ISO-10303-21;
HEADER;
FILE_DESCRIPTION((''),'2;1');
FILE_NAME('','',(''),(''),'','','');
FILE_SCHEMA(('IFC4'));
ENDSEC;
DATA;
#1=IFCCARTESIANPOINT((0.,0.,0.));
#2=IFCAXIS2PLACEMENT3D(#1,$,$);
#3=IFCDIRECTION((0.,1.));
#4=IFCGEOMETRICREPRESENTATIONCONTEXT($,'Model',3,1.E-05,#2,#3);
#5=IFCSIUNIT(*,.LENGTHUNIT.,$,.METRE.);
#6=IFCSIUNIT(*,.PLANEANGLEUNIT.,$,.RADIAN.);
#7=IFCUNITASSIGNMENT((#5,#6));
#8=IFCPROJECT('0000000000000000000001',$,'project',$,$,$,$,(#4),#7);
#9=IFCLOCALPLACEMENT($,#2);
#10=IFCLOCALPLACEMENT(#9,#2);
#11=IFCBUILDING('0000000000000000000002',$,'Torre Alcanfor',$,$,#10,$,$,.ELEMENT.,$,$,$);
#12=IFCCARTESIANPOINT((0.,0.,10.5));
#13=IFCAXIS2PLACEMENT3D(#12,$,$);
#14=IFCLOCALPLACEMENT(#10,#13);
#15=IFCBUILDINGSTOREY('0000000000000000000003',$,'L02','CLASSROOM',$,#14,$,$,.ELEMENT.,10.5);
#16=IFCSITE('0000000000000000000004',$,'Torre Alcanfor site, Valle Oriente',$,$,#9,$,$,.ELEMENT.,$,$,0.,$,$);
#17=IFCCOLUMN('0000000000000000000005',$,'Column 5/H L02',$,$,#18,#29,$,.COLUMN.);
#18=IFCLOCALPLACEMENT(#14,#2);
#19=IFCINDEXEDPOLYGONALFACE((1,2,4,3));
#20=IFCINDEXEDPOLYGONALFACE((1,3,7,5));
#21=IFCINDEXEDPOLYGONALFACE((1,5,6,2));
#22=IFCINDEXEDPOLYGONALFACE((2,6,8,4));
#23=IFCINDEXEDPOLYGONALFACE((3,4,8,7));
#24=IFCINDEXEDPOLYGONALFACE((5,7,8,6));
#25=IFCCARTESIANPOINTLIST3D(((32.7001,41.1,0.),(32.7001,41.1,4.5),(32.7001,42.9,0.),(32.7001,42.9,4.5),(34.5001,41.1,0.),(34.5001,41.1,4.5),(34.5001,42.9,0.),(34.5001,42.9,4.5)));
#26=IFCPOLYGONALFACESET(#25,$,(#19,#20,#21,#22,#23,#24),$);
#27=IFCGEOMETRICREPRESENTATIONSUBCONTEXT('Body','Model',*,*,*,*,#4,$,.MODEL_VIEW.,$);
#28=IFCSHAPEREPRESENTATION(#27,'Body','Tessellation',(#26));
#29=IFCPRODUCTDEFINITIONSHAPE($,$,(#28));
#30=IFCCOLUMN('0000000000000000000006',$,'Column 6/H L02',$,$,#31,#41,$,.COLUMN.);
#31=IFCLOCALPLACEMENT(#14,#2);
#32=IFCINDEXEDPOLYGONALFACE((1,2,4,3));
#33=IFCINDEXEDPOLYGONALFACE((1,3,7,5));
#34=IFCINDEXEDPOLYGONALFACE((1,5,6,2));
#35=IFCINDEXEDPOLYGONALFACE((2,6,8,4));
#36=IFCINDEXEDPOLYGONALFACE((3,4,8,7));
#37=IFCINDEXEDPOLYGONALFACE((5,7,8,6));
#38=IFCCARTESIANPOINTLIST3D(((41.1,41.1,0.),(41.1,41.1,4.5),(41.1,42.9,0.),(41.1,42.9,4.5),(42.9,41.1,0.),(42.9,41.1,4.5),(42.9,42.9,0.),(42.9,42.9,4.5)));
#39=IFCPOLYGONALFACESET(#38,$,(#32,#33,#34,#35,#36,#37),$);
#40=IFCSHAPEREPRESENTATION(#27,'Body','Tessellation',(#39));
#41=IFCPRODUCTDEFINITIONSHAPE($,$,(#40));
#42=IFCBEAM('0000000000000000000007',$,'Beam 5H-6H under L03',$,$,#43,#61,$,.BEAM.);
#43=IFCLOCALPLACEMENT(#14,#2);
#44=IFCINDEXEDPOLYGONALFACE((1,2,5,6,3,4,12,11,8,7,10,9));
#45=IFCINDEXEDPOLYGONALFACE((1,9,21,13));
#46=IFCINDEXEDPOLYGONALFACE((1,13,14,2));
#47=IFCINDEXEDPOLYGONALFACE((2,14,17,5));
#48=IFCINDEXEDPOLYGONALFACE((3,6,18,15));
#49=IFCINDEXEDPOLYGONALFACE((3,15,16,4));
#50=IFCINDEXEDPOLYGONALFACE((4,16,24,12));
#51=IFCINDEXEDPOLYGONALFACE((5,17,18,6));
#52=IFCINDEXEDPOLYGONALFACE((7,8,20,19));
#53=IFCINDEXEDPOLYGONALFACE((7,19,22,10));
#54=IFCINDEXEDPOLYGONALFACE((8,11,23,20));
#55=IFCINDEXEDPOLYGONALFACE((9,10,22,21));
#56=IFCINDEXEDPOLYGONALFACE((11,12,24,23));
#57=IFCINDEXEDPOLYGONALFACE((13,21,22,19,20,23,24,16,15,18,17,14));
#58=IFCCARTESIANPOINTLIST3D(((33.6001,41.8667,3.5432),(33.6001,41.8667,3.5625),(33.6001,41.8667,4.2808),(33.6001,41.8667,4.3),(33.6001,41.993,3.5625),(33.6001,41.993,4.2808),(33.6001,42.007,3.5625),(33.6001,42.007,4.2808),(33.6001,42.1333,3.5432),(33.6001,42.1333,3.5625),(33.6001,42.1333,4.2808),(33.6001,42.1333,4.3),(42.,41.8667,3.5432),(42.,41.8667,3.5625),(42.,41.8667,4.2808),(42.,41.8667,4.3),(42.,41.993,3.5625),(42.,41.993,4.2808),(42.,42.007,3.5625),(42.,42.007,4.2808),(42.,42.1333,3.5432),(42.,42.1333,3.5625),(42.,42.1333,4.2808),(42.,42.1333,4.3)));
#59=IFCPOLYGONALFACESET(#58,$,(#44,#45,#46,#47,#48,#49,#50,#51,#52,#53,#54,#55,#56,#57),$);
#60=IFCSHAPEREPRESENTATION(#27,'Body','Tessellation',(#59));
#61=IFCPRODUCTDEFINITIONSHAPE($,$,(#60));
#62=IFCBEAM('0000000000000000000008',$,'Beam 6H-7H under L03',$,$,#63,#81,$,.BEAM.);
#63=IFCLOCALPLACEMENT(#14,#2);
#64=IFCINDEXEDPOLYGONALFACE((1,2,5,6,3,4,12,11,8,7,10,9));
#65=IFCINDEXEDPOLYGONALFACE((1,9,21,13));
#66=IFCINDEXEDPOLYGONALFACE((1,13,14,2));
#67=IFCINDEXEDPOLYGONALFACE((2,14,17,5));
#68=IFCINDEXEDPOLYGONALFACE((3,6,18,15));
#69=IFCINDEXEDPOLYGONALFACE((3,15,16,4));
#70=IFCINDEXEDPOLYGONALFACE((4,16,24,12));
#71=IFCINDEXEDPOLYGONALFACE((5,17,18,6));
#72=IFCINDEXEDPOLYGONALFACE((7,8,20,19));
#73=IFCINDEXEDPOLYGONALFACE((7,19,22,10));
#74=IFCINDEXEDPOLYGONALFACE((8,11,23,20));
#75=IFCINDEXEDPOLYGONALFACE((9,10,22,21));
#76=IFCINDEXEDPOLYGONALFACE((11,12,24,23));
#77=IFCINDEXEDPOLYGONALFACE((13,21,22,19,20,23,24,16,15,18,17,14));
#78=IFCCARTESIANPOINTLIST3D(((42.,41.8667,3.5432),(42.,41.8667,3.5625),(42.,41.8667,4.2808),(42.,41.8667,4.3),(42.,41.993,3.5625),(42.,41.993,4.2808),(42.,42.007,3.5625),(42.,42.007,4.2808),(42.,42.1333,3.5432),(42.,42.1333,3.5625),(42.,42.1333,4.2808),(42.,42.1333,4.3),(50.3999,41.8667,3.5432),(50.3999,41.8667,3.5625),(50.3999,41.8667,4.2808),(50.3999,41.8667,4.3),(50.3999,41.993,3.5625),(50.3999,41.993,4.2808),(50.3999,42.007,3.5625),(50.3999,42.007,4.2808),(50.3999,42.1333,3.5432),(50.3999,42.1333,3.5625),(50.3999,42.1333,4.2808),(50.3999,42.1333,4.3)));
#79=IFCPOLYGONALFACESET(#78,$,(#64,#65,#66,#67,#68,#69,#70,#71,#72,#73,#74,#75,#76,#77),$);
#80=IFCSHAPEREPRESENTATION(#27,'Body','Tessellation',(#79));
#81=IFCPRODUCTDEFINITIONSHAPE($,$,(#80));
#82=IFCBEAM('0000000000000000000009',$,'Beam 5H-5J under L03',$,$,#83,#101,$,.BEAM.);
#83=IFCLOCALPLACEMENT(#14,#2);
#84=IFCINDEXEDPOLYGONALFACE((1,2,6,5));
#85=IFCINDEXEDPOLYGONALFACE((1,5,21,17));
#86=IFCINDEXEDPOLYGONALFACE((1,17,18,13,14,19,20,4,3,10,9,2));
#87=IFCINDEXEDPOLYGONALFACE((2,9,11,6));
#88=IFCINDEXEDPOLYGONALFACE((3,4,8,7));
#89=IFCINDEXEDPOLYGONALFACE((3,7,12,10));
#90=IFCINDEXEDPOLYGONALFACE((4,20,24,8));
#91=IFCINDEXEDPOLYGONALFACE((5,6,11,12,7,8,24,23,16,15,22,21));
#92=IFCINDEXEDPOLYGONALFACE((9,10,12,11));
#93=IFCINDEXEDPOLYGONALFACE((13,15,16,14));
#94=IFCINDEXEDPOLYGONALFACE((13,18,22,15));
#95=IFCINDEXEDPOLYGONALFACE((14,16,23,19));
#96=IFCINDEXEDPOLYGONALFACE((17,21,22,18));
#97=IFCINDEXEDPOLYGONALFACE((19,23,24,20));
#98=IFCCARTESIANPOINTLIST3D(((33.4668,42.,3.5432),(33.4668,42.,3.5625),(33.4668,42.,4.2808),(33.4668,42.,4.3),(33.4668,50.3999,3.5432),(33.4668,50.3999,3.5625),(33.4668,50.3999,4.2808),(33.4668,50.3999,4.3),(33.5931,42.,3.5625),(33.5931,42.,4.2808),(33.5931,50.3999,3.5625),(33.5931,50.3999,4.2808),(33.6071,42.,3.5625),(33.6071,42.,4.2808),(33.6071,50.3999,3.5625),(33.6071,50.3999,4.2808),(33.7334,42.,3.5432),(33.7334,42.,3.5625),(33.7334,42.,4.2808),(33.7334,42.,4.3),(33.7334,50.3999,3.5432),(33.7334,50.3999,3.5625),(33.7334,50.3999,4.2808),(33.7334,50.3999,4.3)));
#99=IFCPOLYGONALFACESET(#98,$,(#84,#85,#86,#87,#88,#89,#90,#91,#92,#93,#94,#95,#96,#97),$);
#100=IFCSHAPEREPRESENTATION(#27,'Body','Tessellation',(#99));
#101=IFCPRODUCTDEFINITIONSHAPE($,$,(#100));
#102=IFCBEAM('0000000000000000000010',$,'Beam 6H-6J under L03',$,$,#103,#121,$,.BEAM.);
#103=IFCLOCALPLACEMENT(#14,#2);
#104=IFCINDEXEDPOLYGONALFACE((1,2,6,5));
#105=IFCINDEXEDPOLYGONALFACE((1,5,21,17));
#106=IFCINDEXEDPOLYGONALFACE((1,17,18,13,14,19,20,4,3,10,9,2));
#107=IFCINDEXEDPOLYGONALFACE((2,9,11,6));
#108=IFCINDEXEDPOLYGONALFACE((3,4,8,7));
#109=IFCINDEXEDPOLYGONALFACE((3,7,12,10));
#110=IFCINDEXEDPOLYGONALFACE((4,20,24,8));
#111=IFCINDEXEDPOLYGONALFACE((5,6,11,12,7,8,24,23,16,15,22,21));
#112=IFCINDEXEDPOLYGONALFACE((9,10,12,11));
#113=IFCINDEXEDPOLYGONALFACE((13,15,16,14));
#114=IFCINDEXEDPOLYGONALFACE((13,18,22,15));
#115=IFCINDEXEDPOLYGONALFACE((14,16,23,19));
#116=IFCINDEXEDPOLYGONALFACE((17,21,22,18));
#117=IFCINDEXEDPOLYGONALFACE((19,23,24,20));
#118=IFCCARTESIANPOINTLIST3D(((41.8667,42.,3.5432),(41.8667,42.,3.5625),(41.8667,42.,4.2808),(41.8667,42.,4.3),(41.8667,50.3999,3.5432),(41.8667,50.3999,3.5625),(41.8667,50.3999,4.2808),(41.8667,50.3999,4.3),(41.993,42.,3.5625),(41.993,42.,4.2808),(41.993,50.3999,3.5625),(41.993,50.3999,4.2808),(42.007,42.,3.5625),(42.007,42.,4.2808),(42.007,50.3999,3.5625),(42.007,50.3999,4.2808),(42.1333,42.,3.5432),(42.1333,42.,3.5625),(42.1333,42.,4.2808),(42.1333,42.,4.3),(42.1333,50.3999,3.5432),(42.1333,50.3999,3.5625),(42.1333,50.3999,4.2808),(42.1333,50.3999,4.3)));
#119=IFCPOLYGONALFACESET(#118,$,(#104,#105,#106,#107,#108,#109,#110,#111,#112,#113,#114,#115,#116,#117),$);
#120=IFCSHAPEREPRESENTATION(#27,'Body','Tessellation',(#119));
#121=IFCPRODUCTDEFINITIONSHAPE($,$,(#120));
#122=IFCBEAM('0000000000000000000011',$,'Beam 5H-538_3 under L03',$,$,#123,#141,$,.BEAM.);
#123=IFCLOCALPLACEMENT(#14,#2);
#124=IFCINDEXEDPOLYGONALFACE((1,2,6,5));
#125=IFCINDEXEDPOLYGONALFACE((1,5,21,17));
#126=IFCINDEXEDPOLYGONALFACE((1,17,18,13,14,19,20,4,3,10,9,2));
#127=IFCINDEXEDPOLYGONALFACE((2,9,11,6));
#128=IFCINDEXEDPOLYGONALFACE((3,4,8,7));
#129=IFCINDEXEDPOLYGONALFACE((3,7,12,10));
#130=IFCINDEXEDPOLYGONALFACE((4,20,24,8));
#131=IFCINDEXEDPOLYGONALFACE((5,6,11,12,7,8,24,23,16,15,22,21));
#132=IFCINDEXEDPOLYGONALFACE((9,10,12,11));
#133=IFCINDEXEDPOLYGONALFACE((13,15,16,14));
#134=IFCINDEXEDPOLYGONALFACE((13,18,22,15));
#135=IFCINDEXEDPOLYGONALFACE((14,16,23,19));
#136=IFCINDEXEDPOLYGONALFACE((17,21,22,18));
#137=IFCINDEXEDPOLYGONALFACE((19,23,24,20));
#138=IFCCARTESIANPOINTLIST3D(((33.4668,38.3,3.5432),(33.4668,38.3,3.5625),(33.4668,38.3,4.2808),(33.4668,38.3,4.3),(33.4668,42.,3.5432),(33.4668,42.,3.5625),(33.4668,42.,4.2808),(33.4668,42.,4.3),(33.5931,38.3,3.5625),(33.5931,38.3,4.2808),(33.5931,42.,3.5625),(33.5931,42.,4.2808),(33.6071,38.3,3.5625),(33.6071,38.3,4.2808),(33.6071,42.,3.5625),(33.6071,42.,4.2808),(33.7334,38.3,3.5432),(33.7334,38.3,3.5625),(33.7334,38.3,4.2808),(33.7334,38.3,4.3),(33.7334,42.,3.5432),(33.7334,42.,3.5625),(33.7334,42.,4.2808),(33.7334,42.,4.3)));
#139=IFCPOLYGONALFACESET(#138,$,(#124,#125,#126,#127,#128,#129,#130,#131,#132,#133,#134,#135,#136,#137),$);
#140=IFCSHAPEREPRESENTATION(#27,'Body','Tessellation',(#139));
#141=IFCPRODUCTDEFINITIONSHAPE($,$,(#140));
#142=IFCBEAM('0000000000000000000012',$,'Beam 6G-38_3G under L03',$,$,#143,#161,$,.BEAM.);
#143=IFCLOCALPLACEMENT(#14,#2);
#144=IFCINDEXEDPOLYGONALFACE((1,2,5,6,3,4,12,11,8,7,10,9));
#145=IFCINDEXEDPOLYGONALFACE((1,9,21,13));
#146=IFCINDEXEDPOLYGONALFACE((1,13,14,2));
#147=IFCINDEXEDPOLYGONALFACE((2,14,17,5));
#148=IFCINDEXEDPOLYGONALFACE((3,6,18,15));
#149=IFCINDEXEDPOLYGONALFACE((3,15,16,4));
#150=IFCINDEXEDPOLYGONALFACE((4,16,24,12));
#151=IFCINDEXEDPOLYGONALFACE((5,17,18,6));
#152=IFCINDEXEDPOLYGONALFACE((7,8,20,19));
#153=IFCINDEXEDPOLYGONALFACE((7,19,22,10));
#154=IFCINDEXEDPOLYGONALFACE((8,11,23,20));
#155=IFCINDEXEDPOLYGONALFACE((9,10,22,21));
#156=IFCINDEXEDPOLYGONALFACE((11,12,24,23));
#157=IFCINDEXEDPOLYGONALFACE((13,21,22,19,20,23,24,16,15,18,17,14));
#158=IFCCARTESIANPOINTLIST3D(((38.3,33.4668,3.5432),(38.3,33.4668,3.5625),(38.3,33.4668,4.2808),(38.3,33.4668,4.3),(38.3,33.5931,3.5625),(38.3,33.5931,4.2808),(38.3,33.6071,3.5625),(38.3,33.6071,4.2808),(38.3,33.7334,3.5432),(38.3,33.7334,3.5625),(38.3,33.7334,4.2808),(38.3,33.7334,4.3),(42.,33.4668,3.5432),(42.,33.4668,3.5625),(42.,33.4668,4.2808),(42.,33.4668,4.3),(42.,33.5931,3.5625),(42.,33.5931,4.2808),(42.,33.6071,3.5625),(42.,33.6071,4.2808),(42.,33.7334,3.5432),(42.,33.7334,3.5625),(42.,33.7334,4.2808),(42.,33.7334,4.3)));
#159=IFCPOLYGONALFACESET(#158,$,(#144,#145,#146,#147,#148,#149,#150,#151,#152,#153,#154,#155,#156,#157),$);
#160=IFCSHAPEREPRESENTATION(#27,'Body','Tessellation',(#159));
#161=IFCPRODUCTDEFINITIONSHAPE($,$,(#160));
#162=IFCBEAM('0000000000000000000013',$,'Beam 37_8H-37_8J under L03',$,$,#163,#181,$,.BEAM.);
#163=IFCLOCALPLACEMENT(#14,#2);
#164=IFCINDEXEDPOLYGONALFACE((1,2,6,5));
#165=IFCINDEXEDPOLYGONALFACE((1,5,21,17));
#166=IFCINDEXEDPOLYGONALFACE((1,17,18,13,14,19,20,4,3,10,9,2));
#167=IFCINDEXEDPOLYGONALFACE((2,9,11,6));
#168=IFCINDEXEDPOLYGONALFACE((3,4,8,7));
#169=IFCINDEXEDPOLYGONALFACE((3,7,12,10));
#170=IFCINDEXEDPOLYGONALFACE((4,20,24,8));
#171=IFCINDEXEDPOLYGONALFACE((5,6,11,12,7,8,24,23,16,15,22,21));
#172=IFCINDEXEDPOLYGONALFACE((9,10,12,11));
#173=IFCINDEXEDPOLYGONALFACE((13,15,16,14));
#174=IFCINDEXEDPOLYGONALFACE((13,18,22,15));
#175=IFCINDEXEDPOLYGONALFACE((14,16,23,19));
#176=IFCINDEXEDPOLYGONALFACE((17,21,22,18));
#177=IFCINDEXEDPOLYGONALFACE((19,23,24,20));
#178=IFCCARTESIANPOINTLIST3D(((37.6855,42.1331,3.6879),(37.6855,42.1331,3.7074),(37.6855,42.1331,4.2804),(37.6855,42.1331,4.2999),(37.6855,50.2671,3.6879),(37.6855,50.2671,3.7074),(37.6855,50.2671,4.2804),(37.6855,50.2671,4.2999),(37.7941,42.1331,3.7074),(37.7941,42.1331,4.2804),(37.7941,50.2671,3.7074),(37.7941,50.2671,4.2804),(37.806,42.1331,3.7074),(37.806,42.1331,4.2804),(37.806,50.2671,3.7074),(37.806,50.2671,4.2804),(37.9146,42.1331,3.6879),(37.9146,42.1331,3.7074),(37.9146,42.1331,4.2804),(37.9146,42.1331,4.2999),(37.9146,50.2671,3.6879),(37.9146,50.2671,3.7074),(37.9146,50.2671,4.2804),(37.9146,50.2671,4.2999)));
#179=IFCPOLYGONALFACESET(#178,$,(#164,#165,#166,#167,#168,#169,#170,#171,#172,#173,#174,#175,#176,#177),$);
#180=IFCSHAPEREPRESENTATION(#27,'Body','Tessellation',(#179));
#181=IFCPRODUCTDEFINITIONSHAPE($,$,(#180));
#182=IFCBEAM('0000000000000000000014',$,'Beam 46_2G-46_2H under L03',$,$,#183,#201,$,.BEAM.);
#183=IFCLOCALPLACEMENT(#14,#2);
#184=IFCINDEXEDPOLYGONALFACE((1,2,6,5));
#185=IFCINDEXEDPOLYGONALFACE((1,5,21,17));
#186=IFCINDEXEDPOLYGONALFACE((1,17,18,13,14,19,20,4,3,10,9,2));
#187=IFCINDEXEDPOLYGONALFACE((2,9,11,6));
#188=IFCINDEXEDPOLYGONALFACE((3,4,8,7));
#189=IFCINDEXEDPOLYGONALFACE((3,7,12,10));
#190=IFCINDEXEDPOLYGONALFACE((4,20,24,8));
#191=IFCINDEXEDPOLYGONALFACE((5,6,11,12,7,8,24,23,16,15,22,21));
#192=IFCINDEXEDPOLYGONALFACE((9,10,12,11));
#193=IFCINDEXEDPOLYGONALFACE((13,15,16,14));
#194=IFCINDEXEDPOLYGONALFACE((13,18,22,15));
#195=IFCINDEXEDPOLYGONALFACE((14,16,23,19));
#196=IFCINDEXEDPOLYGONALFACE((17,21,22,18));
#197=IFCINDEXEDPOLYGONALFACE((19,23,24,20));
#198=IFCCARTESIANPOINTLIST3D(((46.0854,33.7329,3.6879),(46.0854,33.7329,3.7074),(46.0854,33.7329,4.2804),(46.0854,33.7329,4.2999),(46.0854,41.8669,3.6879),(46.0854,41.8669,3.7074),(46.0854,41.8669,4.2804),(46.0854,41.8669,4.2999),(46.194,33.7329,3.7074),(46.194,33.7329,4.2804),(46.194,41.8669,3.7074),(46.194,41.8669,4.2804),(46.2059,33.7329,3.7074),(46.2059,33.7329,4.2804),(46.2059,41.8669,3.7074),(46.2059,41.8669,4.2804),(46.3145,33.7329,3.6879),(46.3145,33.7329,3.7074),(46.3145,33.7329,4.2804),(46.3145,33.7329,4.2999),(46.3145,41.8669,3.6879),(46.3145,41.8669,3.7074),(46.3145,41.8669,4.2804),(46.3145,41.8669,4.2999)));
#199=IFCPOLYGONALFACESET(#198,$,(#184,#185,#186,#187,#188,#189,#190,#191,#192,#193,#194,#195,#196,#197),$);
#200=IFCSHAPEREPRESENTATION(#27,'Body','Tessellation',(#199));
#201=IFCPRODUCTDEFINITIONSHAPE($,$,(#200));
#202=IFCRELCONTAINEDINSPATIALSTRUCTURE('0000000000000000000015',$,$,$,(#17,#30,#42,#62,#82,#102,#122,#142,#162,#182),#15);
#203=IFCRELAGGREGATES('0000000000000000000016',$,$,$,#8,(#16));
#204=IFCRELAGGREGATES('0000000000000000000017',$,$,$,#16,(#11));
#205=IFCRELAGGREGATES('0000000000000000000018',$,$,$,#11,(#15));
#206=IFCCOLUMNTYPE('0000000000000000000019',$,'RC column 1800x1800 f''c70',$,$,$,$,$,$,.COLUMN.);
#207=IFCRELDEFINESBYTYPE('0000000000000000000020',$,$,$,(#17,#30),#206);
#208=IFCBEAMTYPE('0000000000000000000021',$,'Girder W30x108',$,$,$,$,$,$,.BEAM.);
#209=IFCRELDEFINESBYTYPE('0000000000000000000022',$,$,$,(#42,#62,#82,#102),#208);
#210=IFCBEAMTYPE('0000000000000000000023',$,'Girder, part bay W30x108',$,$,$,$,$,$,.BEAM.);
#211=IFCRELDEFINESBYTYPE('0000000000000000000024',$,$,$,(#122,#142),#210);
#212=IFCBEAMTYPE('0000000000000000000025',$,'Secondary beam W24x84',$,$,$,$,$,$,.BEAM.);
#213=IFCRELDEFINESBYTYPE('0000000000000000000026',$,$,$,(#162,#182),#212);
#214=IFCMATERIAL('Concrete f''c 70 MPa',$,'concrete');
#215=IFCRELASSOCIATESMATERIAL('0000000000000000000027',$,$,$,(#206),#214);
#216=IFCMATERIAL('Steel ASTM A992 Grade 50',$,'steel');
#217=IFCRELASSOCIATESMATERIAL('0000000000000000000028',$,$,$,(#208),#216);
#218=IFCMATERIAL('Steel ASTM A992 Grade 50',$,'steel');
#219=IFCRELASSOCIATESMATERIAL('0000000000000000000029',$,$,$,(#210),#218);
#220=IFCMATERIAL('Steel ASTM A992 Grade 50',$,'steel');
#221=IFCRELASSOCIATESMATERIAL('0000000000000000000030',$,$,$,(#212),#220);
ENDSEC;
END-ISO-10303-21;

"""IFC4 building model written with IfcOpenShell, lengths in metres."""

from ifc_helpers import new_model, si_unit, direction, frame, origin, origin_2d, place, context, subcontext, project, spatial, rectangle, i_section, extrude, material, material_profile, profile_set, type_object, element, save


model = new_model("IFC4")

# Units and contexts
model_context = context("Model", 3, precision=1e-05, world=origin(), true_north=direction((0.0, 1.0)))
body_context = subcontext(model_context, "Body", "Model", "MODEL_VIEW")
ifc_project = project(units=[si_unit("LENGTHUNIT", "METRE"), si_unit("PLANEANGLEUNIT", "RADIAN")], contexts=[model_context])

# Site, building, storey
site_placement = place(None, origin())
site = spatial("IfcSite", under=ifc_project, at=site_placement, Name="Torre Alcanfor site, Valle Oriente", CompositionType="ELEMENT", RefElevation=0.0)
building_placement = place(site_placement, origin())
building = spatial("IfcBuilding", under=site, at=building_placement, Name="Torre Alcanfor", CompositionType="ELEMENT")
storey_placement = place(building_placement, frame((0.0, 0.0, 10.5)))
storey = spatial("IfcBuildingStorey", under=building, at=storey_placement, Name="L02", Description="CLASSROOM", CompositionType="ELEMENT", Elevation=10.5)

# Columns
ifc_material_1 = material(Name="Concrete f'c 70 MPa", Category="concrete")
ifc_material_profile_1 = material_profile(ifc_material_1, rectangle(XDim=1.8, YDim=1.8, at=origin_2d()), Name="1800x1800")
ifc_profile_set_1 = profile_set([ifc_material_profile_1], Name="Concrete f'c 70 MPa")
column_type = type_object("IfcColumnType", Name="RC column 1800x1800 f'c70", PredefinedType="COLUMN", material=ifc_profile_set_1)
for number, where, z_axis, x_axis, name in (
    (1, (33.6001, 42.0, 0.0), (0.0, 0.0, 1.0), (1.0, 0.0, 0.0), "Column 5/H L02"),
    (2, (42.0, 42.0, 0.0), (0.0, 0.0, 1.0), (1.0, 0.0, 0.0), "Column 6/H L02"),
):
    element("IfcColumn", number, at=place(storey_placement, frame(where, z_axis=z_axis, x_axis=x_axis)), inside=storey, type_object=column_type, Name=name, PredefinedType="COLUMN", context=body_context, shape_type="SweptSolid", body=[
        extrude(rectangle(XDim=1.8, YDim=1.8, at=origin_2d()), origin(), (0.0, 0.0, 1.0), 4.5),
    ])

# Beams
ifc_material_2 = material(Name="Steel ASTM A992 Grade 50", Category="steel")
ifc_material_profile_2 = material_profile(ifc_material_2, i_section(OverallWidth=0.2666, OverallDepth=0.7568, WebThickness=0.0139, FlangeThickness=0.0193, at=origin_2d()), Name="W30x108")
ifc_profile_set_2 = profile_set([ifc_material_profile_2], Name="Steel ASTM A992 Grade 50")
beam_type_1 = type_object("IfcBeamType", Name="Girder W30x108", PredefinedType="BEAM", material=ifc_profile_set_2)
for number, where, z_axis, x_axis, name in (
    (3, (33.6001, 42.0, 3.9216), (1.0, 0.0, 0.0), (0.0, 1.0, 0.0), "Beam 5H-6H under L03"),
    (4, (42.0, 42.0, 3.9216), (1.0, 0.0, 0.0), (0.0, 1.0, 0.0), "Beam 6H-7H under L03"),
    (5, (33.6001, 42.0, 3.9216), (0.0, 1.0, 0.0), (-1.0, 0.0, 0.0), "Beam 5H-5J under L03"),
    (6, (42.0, 42.0, 3.9216), (0.0, 1.0, 0.0), (-1.0, 0.0, 0.0), "Beam 6H-6J under L03"),
):
    element("IfcBeam", number, at=place(storey_placement, frame(where, z_axis=z_axis, x_axis=x_axis)), inside=storey, type_object=beam_type_1, Name=name, PredefinedType="BEAM", context=body_context, shape_type="SweptSolid", body=[
        extrude(i_section(OverallWidth=0.2666, OverallDepth=0.7568, WebThickness=0.0139, FlangeThickness=0.0193, at=origin_2d()), origin(), (0.0, 0.0, 1.0), 8.3999),
    ])
ifc_material_3 = material(Name="Steel ASTM A992 Grade 50", Category="steel")
ifc_material_profile_3 = material_profile(ifc_material_3, i_section(OverallWidth=0.2666, OverallDepth=0.7568, WebThickness=0.0139, FlangeThickness=0.0193, at=origin_2d()), Name="W30x108")
ifc_profile_set_3 = profile_set([ifc_material_profile_3], Name="Steel ASTM A992 Grade 50")
beam_type_2 = type_object("IfcBeamType", Name="Girder, part bay W30x108", PredefinedType="BEAM", material=ifc_profile_set_3)
for number, where, z_axis, x_axis, name in (
    (7, (33.6001, 42.0, 3.9216), (0.0, -1.0, 0.0), (1.0, 0.0, 0.0), "Beam 5H-538_3 under L03"),
    (8, (42.0, 33.6001, 3.9216), (-1.0, 0.0, 0.0), (0.0, -1.0, 0.0), "Beam 6G-38_3G under L03"),
):
    element("IfcBeam", number, at=place(storey_placement, frame(where, z_axis=z_axis, x_axis=x_axis)), inside=storey, type_object=beam_type_2, Name=name, PredefinedType="BEAM", context=body_context, shape_type="SweptSolid", body=[
        extrude(i_section(OverallWidth=0.2666, OverallDepth=0.7568, WebThickness=0.0139, FlangeThickness=0.0193, at=origin_2d()), origin(), (0.0, 0.0, 1.0), 3.7),
    ])
ifc_material_4 = material(Name="Steel ASTM A992 Grade 50", Category="steel")
ifc_material_profile_4 = material_profile(ifc_material_4, i_section(OverallWidth=0.229, OverallDepth=0.6121, WebThickness=0.012, FlangeThickness=0.0195, at=origin_2d()), Name="W24x84")
ifc_profile_set_4 = profile_set([ifc_material_profile_4], Name="Steel ASTM A992 Grade 50")
beam_type_3 = type_object("IfcBeamType", Name="Secondary beam W24x84", PredefinedType="BEAM", material=ifc_profile_set_4)
for number, where, z_axis, x_axis, name in (
    (9, (37.8, 42.1331, 3.9939), (0.0, 1.0, 0.0), (-1.0, 0.0, 0.0), "Beam 37_8H-37_8J under L03"),
    (10, (46.2, 33.7329, 3.9939), (0.0, 1.0, 0.0), (-1.0, 0.0, 0.0), "Beam 46_2G-46_2H under L03"),
):
    element("IfcBeam", number, at=place(storey_placement, frame(where, z_axis=z_axis, x_axis=x_axis)), inside=storey, type_object=beam_type_3, Name=name, PredefinedType="BEAM", context=body_context, shape_type="SweptSolid", body=[
        extrude(i_section(OverallWidth=0.229, OverallDepth=0.6121, WebThickness=0.012, FlangeThickness=0.0195, at=origin_2d()), origin(), (0.0, 0.0, 1.0), 8.134),
    ])

save(model, "model.ifc")
